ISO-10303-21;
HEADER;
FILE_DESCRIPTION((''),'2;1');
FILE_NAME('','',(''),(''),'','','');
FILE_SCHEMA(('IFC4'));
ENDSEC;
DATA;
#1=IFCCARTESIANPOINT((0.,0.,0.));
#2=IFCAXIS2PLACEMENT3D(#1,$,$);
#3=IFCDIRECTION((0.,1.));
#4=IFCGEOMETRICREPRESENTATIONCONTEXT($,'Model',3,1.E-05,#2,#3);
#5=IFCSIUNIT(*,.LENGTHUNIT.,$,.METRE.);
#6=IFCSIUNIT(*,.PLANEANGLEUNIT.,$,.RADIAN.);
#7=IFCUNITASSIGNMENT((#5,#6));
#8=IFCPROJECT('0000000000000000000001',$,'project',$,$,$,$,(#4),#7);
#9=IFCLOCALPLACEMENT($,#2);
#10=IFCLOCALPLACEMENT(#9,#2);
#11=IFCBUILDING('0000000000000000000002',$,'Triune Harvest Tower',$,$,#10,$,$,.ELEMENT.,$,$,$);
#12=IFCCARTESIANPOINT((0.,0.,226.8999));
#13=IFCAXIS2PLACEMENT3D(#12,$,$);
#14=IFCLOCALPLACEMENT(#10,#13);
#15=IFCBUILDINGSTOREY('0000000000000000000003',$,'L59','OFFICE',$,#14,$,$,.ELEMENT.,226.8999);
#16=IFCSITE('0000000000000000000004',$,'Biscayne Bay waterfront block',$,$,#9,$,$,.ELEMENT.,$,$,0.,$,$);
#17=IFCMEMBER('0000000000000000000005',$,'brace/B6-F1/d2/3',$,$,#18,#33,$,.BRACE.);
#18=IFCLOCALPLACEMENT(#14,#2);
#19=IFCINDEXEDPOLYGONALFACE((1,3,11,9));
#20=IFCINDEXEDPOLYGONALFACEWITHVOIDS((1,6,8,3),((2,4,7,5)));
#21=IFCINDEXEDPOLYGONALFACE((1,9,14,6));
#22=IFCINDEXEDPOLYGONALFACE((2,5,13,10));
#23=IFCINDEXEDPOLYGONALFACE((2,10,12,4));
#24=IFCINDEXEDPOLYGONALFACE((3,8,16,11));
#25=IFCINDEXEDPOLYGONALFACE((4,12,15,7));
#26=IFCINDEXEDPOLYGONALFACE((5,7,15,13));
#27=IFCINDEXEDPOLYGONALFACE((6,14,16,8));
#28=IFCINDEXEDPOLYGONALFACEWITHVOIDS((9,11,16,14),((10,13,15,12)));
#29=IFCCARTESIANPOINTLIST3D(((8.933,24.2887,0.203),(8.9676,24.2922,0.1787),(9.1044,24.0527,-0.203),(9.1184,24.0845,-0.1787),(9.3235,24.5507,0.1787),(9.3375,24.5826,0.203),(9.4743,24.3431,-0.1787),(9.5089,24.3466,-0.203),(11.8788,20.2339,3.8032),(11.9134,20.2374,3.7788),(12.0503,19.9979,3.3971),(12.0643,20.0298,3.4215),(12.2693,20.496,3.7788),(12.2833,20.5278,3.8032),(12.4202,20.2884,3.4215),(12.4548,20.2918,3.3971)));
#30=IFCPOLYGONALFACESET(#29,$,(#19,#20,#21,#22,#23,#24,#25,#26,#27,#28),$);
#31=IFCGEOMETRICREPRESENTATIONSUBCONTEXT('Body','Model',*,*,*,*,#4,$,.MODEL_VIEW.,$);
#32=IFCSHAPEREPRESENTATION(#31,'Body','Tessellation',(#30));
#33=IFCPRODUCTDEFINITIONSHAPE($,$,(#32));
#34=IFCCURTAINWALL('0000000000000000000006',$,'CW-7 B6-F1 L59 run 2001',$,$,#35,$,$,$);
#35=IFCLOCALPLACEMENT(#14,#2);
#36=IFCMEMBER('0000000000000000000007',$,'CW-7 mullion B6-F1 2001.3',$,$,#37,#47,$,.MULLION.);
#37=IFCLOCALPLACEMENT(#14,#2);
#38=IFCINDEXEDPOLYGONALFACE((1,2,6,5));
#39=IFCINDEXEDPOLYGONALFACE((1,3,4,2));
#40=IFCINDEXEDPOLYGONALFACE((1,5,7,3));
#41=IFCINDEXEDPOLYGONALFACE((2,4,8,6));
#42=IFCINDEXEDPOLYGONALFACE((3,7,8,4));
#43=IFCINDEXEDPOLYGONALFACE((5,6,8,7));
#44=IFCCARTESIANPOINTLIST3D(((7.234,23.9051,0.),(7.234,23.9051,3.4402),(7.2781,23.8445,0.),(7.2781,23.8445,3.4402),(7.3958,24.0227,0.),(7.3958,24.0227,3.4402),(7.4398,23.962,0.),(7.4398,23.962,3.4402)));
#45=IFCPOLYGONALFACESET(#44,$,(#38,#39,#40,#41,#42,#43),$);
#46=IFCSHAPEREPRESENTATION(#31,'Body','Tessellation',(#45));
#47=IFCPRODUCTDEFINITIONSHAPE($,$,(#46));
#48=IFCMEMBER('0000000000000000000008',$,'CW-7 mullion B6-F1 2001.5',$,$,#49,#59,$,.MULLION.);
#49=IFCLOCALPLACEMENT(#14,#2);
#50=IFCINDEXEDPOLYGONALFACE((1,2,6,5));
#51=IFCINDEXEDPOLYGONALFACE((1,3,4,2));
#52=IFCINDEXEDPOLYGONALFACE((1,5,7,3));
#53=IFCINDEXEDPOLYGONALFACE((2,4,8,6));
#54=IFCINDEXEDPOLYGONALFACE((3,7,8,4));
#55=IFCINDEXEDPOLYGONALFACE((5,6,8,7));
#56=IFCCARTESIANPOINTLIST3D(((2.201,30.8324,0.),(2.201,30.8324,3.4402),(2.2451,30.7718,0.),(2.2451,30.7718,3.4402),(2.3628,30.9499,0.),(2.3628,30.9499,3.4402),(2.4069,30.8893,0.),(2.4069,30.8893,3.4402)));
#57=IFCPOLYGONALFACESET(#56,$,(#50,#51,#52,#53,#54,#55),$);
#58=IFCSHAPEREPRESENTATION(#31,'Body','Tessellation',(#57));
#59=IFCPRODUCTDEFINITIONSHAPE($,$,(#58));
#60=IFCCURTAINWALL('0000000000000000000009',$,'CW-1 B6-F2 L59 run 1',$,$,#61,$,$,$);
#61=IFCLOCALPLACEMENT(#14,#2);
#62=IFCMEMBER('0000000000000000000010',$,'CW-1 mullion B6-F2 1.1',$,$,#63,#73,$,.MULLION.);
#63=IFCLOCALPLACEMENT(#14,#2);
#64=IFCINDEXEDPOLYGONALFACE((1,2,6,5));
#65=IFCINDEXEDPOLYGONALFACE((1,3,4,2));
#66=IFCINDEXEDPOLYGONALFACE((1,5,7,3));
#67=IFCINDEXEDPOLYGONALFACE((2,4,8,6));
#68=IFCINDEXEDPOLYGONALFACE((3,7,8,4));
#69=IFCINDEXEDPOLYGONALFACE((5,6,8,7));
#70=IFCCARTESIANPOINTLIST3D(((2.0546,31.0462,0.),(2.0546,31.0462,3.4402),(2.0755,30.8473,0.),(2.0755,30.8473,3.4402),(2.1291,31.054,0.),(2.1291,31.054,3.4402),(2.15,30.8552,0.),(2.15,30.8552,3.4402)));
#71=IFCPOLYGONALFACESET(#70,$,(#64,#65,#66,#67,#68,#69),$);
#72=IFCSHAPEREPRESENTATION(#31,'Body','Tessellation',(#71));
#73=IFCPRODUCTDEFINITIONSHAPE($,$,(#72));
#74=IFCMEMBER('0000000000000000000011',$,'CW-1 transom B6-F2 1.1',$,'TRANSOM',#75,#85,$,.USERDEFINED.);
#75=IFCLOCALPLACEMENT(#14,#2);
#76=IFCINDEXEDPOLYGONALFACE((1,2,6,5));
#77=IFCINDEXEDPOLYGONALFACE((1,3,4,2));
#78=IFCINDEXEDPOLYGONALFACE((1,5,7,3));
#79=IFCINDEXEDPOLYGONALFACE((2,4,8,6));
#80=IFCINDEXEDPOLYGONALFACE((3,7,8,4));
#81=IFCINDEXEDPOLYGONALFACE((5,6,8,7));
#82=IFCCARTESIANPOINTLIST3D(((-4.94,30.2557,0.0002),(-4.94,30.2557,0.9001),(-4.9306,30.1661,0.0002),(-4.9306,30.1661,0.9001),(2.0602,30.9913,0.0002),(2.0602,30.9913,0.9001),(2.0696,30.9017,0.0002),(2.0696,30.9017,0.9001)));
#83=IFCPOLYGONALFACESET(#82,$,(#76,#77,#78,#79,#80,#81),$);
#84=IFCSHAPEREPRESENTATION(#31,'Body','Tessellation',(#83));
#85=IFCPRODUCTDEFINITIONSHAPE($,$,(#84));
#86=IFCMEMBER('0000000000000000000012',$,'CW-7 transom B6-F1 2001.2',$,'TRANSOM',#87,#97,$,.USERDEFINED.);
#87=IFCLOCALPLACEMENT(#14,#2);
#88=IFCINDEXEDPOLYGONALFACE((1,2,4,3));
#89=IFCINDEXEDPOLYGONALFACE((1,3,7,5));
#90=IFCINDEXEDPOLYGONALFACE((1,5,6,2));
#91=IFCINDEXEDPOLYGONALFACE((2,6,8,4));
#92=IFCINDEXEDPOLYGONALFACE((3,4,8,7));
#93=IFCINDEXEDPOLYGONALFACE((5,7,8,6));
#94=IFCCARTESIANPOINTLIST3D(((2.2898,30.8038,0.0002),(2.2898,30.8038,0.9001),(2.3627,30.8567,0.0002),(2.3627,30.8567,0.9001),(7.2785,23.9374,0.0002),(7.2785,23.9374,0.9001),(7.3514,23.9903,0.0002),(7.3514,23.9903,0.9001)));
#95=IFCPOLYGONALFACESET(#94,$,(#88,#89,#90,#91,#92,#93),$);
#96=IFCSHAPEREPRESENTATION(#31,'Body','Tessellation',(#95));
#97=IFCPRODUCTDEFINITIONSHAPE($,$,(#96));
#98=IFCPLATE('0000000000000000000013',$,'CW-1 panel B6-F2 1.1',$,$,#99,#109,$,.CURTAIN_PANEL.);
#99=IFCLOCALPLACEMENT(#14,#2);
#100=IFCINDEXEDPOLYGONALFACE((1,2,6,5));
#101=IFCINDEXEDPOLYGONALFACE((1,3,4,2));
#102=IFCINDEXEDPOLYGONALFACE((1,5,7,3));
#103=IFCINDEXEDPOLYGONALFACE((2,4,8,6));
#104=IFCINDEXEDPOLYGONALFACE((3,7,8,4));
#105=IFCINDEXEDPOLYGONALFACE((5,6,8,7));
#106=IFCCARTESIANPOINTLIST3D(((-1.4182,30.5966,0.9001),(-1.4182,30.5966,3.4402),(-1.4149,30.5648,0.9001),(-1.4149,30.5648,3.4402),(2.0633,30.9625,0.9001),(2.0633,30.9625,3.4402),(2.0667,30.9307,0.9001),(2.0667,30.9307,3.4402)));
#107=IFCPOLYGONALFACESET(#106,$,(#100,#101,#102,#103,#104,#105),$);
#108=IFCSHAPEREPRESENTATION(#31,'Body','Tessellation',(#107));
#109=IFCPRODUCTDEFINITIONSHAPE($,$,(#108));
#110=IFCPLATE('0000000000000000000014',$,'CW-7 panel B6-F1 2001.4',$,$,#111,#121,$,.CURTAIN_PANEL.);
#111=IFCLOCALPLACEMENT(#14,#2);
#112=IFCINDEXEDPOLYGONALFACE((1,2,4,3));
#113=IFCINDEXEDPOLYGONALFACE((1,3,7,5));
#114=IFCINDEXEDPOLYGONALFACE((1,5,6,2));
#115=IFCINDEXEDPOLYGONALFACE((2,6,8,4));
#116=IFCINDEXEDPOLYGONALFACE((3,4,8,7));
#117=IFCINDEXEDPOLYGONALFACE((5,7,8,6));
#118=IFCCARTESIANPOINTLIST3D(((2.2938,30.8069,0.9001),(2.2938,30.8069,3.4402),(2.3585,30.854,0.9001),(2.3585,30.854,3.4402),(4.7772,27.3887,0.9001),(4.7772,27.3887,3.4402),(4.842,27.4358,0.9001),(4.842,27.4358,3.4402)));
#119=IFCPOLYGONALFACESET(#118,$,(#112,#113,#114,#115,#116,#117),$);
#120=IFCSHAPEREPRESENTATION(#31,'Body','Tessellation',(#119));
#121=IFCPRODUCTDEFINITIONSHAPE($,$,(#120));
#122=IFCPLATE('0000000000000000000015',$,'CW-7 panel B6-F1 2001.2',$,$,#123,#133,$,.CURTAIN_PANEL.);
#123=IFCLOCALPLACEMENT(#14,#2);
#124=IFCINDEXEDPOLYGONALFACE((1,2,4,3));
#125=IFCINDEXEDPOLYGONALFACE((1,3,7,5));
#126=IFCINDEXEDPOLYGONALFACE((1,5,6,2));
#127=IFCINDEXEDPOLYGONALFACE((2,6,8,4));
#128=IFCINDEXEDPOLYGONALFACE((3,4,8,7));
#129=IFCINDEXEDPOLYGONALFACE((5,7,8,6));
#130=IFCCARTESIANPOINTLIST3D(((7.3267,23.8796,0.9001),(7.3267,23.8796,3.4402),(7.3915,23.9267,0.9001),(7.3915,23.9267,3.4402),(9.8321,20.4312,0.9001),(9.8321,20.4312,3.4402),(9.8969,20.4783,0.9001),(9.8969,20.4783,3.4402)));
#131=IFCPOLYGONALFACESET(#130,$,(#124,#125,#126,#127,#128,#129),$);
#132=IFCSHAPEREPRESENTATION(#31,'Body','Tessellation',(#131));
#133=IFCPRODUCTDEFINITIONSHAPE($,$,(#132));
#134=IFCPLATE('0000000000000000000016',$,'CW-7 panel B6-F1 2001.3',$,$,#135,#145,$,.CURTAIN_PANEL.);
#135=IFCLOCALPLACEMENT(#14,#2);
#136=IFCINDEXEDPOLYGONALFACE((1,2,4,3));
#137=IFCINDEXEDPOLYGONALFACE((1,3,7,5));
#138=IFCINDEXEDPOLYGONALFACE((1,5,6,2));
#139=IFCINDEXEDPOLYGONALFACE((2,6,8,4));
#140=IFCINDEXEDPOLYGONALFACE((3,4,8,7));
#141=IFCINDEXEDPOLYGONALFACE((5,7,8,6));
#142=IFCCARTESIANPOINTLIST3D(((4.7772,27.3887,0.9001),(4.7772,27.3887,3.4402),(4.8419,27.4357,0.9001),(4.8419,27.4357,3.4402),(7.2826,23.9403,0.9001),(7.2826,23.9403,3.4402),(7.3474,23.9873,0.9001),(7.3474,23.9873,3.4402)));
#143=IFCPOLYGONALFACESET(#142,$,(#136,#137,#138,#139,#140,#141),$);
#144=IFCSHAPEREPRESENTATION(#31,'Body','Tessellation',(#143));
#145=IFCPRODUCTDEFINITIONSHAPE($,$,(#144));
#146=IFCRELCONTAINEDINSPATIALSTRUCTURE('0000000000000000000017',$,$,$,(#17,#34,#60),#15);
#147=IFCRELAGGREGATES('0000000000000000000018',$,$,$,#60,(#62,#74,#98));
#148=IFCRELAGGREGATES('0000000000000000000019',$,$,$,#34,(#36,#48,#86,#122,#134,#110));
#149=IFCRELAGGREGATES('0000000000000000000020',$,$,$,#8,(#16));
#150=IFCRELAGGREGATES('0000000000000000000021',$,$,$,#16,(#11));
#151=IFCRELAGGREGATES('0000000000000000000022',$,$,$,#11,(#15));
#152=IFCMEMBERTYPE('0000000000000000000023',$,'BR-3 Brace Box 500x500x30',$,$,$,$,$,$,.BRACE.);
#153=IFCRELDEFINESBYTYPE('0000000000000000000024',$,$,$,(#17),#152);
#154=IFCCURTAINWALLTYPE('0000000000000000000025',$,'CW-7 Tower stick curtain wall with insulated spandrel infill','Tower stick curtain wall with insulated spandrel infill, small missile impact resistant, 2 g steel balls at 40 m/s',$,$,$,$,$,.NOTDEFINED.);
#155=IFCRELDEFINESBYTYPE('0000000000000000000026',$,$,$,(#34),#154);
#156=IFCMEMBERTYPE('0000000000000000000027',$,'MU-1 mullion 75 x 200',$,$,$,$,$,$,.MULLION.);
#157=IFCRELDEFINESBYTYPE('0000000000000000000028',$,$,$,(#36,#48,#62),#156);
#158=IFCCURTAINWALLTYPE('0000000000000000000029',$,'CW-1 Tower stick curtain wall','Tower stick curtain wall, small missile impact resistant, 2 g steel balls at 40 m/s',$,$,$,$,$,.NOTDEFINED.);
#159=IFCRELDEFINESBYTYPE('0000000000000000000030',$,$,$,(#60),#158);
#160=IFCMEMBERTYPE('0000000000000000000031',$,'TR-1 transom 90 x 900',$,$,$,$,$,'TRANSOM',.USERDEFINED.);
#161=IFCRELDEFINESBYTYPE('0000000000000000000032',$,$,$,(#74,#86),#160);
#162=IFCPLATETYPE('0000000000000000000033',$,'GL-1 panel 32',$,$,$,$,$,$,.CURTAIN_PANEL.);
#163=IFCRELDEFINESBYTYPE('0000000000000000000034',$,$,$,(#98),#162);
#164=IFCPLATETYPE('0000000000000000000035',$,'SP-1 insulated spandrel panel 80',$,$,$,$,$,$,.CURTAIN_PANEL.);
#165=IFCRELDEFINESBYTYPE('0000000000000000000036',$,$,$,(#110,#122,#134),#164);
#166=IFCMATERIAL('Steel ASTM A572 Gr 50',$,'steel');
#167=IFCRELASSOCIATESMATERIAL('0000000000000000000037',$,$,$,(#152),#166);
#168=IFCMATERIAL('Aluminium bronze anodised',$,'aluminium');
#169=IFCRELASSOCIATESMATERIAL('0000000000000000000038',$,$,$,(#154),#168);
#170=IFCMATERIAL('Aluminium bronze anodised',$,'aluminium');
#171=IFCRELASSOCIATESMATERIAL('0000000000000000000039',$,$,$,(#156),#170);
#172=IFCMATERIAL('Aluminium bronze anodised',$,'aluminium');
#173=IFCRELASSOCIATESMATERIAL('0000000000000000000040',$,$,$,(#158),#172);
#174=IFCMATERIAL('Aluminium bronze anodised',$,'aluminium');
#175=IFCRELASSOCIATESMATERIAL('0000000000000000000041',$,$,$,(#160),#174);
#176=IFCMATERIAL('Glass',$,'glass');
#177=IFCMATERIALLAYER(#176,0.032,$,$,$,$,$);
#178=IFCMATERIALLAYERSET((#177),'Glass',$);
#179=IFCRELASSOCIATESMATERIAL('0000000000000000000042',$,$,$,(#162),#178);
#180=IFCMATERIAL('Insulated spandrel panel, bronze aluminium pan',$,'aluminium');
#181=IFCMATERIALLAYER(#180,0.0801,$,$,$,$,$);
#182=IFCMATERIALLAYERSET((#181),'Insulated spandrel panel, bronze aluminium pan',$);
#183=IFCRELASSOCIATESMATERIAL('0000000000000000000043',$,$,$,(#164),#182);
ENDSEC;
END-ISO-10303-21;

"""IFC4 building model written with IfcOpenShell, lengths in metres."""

from ifc_helpers import new_model, si_unit, direction, frame, origin, origin_2d, place, context, subcontext, project, spatial, rectangle, hollow_rectangle, extrude, source, transform, mapped, material, layer, layer_set, material_profile, profile_set, type_object, element, aggregate, save


model = new_model("IFC4")

# Units and contexts
model_context = context("Model", 3, precision=1e-05, world=origin(), true_north=direction((0.0, 1.0)))
body_context = subcontext(model_context, "Body", "Model", "MODEL_VIEW")
ifc_project = project(units=[si_unit("LENGTHUNIT", "METRE"), si_unit("PLANEANGLEUNIT", "RADIAN")], contexts=[model_context])

# Site, building, storey
site_placement = place(None, origin())
site = spatial("IfcSite", under=ifc_project, at=site_placement, Name="Biscayne Bay waterfront block", CompositionType="ELEMENT", RefElevation=0.0)
building_placement = place(site_placement, origin())
building = spatial("IfcBuilding", under=site, at=building_placement, Name="Triune Harvest Tower", CompositionType="ELEMENT")
storey_placement = place(building_placement, frame((0.0, 0.0, 226.8999)))
storey = spatial("IfcBuildingStorey", under=building, at=storey_placement, Name="L59", Description="OFFICE", CompositionType="ELEMENT", Elevation=226.8999)

# Member
ifc_material_1 = material(Name="Steel ASTM A572 Gr 50", Category="steel")
ifc_material_profile_1 = material_profile(ifc_material_1, hollow_rectangle(XDim=0.5, YDim=0.5, WallThickness=0.03, at=origin_2d()), Name="Box 500x500x30")
ifc_profile_set_1 = profile_set([ifc_material_profile_1], Name="Steel ASTM A572 Gr 50")
member_type_1 = type_object("IfcMemberType", Name="BR-3 Brace Box 500x500x30", PredefinedType="BRACE", material=ifc_profile_set_1)
shared_shape_1 = source(origin(), body_context, "Body", "SweptSolid", [
    extrude(hollow_rectangle(XDim=0.5, YDim=0.5, WallThickness=0.03, at=origin_2d()), origin(), (0.0, 0.0, 1.0), 6.1709),
])
member_1_placement = place(storey_placement, frame((9.2209, 24.3176, 0.0), z_axis=(0.477376, -0.657075, 0.583407), x_axis=(0.809027, 0.587772, 0.0)))
element("IfcMember", 1, at=member_1_placement, inside=storey, type_object=member_type_1, Name="brace/B6-F1/d2/3", PredefinedType="BRACE", context=body_context, shape_type="MappedRepresentation", body=[
    mapped(shared_shape_1, transform((0.0, 0.0, 0.0), scale=1.0)),
])

# Curtain walls, members
ifc_material_2 = material(Name="Aluminium bronze anodised", Category="aluminium")
curtain_wall_type_1 = type_object("IfcCurtainWallType", Name="CW-7 Tower stick curtain wall with insulated spandrel infill", Description="Tower stick curtain wall with insulated spandrel infill, small missile impact resistant, 2 g steel balls at 40 m/s", PredefinedType="NOTDEFINED", material=ifc_material_2)
curtain_wall_1_placement = place(storey_placement, origin())
curtain_wall_1 = element("IfcCurtainWall", 2, at=curtain_wall_1_placement, inside=storey, type_object=curtain_wall_type_1, Name="CW-7 B6-F1 L59 run 2001")
ifc_material_3 = material(Name="Aluminium bronze anodised", Category="aluminium")
ifc_material_profile_2 = material_profile(ifc_material_3, rectangle(XDim=0.2, YDim=0.075, at=origin_2d()), Name="MU-1 mullion 75 x 200")
ifc_profile_set_2 = profile_set([ifc_material_profile_2], Name="Aluminium bronze anodised")
member_type_2 = type_object("IfcMemberType", Name="MU-1 mullion 75 x 200", PredefinedType="MULLION", material=ifc_profile_set_2)
shared_shape_2 = source(origin(), body_context, "Body", "SweptSolid", [
    extrude(rectangle(XDim=0.2, YDim=0.075, at=origin_2d()), origin(), (0.0, 0.0, 1.0), 3.4402),
])
member_2_placement = place(storey_placement, frame((7.3369, 23.9336, 0.0), z_axis=(0.0, 0.0, 1.0), x_axis=(-0.809016, -0.587786, 0.0)))
member_2 = element("IfcMember", 3, at=member_2_placement, type_object=member_type_2, Name="CW-7 mullion B6-F1 2001.3", PredefinedType="MULLION", context=body_context, shape_type="MappedRepresentation", body=[
    mapped(shared_shape_2, transform((0.0, 0.0, 0.0), scale=1.0)),
])
member_3_placement = place(storey_placement, frame((2.304, 30.8608, 0.0), z_axis=(0.0, 0.0, 1.0), x_axis=(-0.809016, -0.587786, 0.0)))
member_3 = element("IfcMember", 4, at=member_3_placement, type_object=member_type_2, Name="CW-7 mullion B6-F1 2001.5", PredefinedType="MULLION", context=body_context, shape_type="MappedRepresentation", body=[
    mapped(shared_shape_2, transform((0.0, 0.0, 0.0), scale=1.0)),
])
ifc_material_4 = material(Name="Aluminium bronze anodised", Category="aluminium")
curtain_wall_type_2 = type_object("IfcCurtainWallType", Name="CW-1 Tower stick curtain wall", Description="Tower stick curtain wall, small missile impact resistant, 2 g steel balls at 40 m/s", PredefinedType="NOTDEFINED", material=ifc_material_4)
curtain_wall_2_placement = place(storey_placement, origin())
curtain_wall_2 = element("IfcCurtainWall", 5, at=curtain_wall_2_placement, inside=storey, type_object=curtain_wall_type_2, Name="CW-1 B6-F2 L59 run 1")
member_4_placement = place(storey_placement, frame((2.1023, 30.9507, 0.0), z_axis=(0.0, 0.0, 1.0), x_axis=(0.10453, -0.994522, 0.0)))
member_4 = element("IfcMember", 6, at=member_4_placement, type_object=member_type_2, Name="CW-1 mullion B6-F2 1.1", PredefinedType="MULLION", context=body_context, shape_type="MappedRepresentation", body=[
    mapped(shared_shape_2, transform((0.0, 0.0, 0.0), scale=1.0)),
])
ifc_material_5 = material(Name="Aluminium bronze anodised", Category="aluminium")
ifc_material_profile_3 = material_profile(ifc_material_5, rectangle(XDim=0.0901, YDim=0.8999, at=origin_2d()), Name="TR-1 transom 90 x 900")
ifc_profile_set_3 = profile_set([ifc_material_profile_3], Name="Aluminium bronze anodised")
member_type_3 = type_object("IfcMemberType", Name="TR-1 transom 90 x 900", ElementType="TRANSOM", PredefinedType="USERDEFINED", material=ifc_profile_set_3)
shared_shape_3 = source(origin(), body_context, "Body", "SweptSolid", [
    extrude(rectangle(XDim=0.0901, YDim=0.8999, at=origin_2d()), origin(), (0.0, 0.0, 1.0), 7.0388),
])
member_5_placement = place(storey_placement, frame((2.0649, 30.9465, 0.4502), z_axis=(-0.994524, -0.104506, 0.0), x_axis=(0.104506, -0.994524, 0.0)))
member_5 = element("IfcMember", 7, at=member_5_placement, type_object=member_type_3, Name="CW-1 transom B6-F2 1.1", ObjectType="TRANSOM", PredefinedType="USERDEFINED", context=body_context, shape_type="MappedRepresentation", body=[
    mapped(shared_shape_3, transform((0.0, 0.0, 0.0), scale=1.0)),
])

# Member
shared_shape_4 = source(origin(), body_context, "Body", "SweptSolid", [
    extrude(rectangle(XDim=0.0901, YDim=0.8999, at=origin_2d()), origin(), (0.0, 0.0, 1.0), 8.4873),
])
member_6_placement = place(storey_placement, frame((7.3149, 23.9639, 0.4502), z_axis=(-0.587785, 0.809017, 0.0), x_axis=(-0.809017, -0.587785, 0.0)))
member_6 = element("IfcMember", 8, at=member_6_placement, type_object=member_type_3, Name="CW-7 transom B6-F1 2001.2", ObjectType="TRANSOM", PredefinedType="USERDEFINED", context=body_context, shape_type="MappedRepresentation", body=[
    mapped(shared_shape_4, transform((0.0, 0.0, 0.0), scale=1.0)),
])

# Plates
ifc_material_6 = material(Name="Glass", Category="glass")
ifc_layer_1 = layer(ifc_material_6, 0.032)
ifc_layer_set_1 = layer_set([ifc_layer_1], Name="Glass")
plate_type_1 = type_object("IfcPlateType", Name="GL-1 panel 32", PredefinedType="CURTAIN_PANEL", material=ifc_layer_set_1)
shared_shape_5 = source(origin(), body_context, "Body", "SweptSolid", [
    extrude(rectangle(XDim=3.5007, YDim=0.032, at=origin_2d()), origin(), (0.0, 0.0, 1.0), 2.54),
])
plate_1_placement = place(storey_placement, frame((0.3242, 30.7637, 0.9001), z_axis=(0.0, 0.0, 1.0), x_axis=(-0.994522, -0.10453, 0.0)))
plate_1 = element("IfcPlate", 9, at=plate_1_placement, type_object=plate_type_1, Name="CW-1 panel B6-F2 1.1", PredefinedType="CURTAIN_PANEL", context=body_context, shape_type="MappedRepresentation", body=[
    mapped(shared_shape_5, transform((0.0, 0.0, 0.0), scale=1.0)),
])
aggregate(curtain_wall_2, [member_4, member_5, plate_1])
ifc_material_7 = material(Name="Insulated spandrel panel, bronze aluminium pan", Category="aluminium")
ifc_layer_2 = layer(ifc_material_7, 0.0801)
ifc_layer_set_2 = layer_set([ifc_layer_2], Name="Insulated spandrel panel, bronze aluminium pan")
plate_type_2 = type_object("IfcPlateType", Name="SP-1 insulated spandrel panel 80", PredefinedType="CURTAIN_PANEL", material=ifc_layer_set_2)
shared_shape_6 = source(origin(), body_context, "Body", "SweptSolid", [
    extrude(rectangle(XDim=4.2251, YDim=0.0801, at=origin_2d()), origin(), (0.0, 0.0, 1.0), 2.54),
])
plate_2_placement = place(storey_placement, frame((3.5679, 29.1213, 0.9001), z_axis=(0.0, 0.0, 1.0), x_axis=(-0.587786, 0.809016, 0.0)))
plate_2 = element("IfcPlate", 10, at=plate_2_placement, type_object=plate_type_2, Name="CW-7 panel B6-F1 2001.4", PredefinedType="CURTAIN_PANEL", context=body_context, shape_type="MappedRepresentation", body=[
    mapped(shared_shape_6, transform((0.0, 0.0, 0.0), scale=1.0)),
])
shared_shape_7 = source(origin(), body_context, "Body", "SweptSolid", [
    extrude(rectangle(XDim=4.2625, YDim=0.0801, at=origin_2d()), origin(), (0.0, 0.0, 1.0), 2.54),
])
plate_3_placement = place(storey_placement, frame((8.6118, 22.179, 0.9001), z_axis=(0.0, 0.0, 1.0), x_axis=(-0.587786, 0.809016, 0.0)))
plate_3 = element("IfcPlate", 11, at=plate_3_placement, type_object=plate_type_2, Name="CW-7 panel B6-F1 2001.2", PredefinedType="CURTAIN_PANEL", context=body_context, shape_type="MappedRepresentation", body=[
    mapped(shared_shape_7, transform((0.0, 0.0, 0.0), scale=1.0)),
])
plate_4_placement = place(storey_placement, frame((6.0623, 25.688, 0.9001), z_axis=(0.0, 0.0, 1.0), x_axis=(-0.587786, 0.809016, 0.0)))
plate_4 = element("IfcPlate", 12, at=plate_4_placement, type_object=plate_type_2, Name="CW-7 panel B6-F1 2001.3", PredefinedType="CURTAIN_PANEL", context=body_context, shape_type="MappedRepresentation", body=[
    mapped(shared_shape_7, transform((0.0, 0.0, 0.0), scale=1.0)),
])
aggregate(curtain_wall_1, [member_2, member_3, member_6, plate_3, plate_4, plate_2])

save(model, "model.ifc")
